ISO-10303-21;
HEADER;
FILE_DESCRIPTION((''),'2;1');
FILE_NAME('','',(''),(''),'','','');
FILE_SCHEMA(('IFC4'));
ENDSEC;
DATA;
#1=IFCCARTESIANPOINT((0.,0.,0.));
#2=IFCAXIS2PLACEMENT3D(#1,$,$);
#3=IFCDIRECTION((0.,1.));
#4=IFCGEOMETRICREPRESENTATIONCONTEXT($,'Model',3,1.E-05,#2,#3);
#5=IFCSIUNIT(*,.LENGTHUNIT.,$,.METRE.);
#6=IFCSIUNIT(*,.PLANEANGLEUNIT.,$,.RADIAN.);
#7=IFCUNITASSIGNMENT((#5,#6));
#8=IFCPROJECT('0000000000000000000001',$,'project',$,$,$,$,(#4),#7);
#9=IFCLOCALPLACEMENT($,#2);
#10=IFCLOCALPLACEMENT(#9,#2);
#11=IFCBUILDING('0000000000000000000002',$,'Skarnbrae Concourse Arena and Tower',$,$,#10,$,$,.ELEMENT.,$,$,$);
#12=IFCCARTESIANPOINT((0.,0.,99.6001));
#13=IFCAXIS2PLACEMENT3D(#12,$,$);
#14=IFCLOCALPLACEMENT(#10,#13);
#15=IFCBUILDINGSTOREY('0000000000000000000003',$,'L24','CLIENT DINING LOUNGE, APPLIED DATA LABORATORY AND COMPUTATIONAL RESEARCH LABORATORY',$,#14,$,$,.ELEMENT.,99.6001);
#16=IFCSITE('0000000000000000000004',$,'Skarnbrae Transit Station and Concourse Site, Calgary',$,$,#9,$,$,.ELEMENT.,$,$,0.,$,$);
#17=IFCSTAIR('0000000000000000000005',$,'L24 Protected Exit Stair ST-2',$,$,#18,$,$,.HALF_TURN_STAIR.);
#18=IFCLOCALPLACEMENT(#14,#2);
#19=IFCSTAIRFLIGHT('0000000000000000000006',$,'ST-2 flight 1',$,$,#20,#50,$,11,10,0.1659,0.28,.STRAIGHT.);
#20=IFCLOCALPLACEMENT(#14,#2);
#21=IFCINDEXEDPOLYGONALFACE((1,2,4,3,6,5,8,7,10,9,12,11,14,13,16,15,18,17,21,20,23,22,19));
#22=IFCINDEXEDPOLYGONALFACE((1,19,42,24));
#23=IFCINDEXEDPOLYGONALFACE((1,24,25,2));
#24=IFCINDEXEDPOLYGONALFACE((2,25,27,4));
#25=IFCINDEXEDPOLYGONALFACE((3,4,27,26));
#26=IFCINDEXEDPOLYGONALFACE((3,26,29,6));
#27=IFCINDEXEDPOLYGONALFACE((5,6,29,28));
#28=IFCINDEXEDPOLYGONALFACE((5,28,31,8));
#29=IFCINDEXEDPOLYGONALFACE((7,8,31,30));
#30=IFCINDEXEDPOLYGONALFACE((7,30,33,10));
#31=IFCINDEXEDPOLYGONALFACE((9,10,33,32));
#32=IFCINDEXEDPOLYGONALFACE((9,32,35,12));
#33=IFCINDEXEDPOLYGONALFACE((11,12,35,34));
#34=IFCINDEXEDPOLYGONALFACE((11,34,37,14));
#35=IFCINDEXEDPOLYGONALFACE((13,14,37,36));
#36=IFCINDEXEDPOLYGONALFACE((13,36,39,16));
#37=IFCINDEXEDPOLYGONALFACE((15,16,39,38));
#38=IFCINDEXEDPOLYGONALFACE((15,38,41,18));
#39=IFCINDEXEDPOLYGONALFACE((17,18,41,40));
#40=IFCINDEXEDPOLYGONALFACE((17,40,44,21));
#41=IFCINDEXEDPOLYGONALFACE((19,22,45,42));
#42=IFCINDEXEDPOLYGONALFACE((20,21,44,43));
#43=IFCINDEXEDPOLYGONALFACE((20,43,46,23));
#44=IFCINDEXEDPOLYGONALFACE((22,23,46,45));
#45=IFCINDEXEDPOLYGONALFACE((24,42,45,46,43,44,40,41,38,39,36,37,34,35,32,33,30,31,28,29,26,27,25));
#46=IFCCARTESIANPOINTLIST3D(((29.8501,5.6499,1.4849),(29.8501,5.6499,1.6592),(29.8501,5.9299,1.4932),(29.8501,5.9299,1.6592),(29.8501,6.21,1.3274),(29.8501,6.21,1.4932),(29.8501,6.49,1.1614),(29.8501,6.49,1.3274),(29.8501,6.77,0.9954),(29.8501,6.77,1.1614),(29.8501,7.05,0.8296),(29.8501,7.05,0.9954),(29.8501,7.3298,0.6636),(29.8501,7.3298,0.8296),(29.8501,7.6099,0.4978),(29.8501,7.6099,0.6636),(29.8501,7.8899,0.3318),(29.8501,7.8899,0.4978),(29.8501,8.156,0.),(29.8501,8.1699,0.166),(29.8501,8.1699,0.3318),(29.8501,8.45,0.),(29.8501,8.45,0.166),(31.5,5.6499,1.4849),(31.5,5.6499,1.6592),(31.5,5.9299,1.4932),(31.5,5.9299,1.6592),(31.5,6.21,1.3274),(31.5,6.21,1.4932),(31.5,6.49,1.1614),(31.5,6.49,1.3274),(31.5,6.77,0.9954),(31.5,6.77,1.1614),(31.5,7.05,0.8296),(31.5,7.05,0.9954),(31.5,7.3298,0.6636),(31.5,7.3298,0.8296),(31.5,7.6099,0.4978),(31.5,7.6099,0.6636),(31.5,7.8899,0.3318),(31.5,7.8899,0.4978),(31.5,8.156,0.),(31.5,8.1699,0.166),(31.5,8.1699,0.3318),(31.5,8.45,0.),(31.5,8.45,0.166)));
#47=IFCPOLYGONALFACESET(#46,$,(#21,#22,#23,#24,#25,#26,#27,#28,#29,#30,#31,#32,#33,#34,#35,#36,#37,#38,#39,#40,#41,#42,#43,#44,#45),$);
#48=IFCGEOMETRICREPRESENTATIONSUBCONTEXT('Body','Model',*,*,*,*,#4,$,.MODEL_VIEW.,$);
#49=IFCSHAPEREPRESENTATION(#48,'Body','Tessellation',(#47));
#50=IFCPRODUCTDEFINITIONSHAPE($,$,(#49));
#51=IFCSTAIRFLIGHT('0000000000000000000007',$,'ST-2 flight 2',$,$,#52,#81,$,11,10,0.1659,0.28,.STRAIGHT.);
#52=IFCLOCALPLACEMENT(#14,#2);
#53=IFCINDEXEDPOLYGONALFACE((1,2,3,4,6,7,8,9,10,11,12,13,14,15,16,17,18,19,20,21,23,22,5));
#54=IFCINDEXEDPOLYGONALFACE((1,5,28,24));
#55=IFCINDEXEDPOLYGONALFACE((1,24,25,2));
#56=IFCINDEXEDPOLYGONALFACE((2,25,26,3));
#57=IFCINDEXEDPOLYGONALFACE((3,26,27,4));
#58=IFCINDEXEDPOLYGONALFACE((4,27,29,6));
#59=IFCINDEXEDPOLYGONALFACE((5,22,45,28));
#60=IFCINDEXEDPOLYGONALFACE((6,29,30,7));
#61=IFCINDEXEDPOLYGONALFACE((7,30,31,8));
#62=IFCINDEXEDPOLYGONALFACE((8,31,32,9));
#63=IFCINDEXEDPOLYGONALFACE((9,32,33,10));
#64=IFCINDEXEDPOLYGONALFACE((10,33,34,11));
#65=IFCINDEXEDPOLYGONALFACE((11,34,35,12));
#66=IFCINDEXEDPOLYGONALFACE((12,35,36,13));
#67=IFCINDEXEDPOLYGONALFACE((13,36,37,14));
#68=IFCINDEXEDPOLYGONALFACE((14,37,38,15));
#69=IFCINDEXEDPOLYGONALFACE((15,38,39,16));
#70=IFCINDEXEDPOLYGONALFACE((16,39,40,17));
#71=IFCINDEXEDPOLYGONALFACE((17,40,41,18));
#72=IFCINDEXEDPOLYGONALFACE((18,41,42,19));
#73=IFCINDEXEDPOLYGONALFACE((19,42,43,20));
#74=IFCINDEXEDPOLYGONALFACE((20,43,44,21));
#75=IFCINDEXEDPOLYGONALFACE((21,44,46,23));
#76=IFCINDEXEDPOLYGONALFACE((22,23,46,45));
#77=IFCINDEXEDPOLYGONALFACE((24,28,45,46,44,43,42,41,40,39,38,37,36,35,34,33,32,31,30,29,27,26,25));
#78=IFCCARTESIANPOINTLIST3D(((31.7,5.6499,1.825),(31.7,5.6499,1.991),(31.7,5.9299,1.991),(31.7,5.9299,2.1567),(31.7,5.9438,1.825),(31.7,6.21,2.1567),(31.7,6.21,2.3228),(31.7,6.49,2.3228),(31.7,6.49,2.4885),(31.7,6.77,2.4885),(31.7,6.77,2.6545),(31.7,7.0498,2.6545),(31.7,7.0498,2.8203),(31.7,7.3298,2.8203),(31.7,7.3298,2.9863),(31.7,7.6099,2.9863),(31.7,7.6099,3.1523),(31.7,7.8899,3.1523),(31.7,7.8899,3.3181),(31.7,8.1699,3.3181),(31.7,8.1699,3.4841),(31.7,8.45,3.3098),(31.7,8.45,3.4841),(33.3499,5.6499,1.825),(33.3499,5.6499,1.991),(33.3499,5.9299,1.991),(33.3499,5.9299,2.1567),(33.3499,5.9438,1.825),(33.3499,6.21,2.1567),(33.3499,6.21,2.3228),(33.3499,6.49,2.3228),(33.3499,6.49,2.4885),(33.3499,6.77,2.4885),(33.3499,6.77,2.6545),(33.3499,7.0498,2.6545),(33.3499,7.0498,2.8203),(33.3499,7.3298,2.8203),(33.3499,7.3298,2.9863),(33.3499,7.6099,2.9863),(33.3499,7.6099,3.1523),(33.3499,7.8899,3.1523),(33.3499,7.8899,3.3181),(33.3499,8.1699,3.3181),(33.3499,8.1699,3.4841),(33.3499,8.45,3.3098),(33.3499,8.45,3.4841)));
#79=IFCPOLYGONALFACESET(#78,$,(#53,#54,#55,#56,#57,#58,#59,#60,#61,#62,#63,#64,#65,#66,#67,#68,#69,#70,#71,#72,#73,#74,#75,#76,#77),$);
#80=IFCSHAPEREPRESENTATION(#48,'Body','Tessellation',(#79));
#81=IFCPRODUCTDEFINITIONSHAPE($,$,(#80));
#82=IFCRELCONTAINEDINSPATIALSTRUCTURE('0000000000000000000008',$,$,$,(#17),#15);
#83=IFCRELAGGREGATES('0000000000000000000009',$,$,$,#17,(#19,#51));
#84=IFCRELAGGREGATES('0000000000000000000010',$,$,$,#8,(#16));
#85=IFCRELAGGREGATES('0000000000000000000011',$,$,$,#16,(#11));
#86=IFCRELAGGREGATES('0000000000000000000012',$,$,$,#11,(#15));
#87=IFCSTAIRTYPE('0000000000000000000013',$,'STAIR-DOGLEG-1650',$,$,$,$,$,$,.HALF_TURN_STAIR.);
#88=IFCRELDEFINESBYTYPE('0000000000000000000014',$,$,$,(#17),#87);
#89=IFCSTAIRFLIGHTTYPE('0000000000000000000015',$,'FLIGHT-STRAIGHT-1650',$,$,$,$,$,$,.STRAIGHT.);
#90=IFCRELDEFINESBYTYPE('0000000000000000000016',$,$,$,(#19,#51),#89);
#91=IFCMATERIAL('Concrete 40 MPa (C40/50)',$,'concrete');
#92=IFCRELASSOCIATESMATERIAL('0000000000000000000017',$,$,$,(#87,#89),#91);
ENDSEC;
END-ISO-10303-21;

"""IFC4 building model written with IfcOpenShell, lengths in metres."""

from ifc_helpers import new_model, si_unit, direction, frame, origin, place, context, subcontext, project, spatial, polyline, outline, extrude, source, transform, mapped, material, type_object, element, aggregate, save


model = new_model("IFC4")

# Units and contexts
model_context = context("Model", 3, precision=1e-05, world=origin(), true_north=direction((0.0, 1.0)))
body_context = subcontext(model_context, "Body", "Model", "MODEL_VIEW")
ifc_project = project(units=[si_unit("LENGTHUNIT", "METRE"), si_unit("PLANEANGLEUNIT", "RADIAN")], contexts=[model_context])

# Site, building, storey
site_placement = place(None, origin())
site = spatial("IfcSite", under=ifc_project, at=site_placement, Name="Skarnbrae Transit Station and Concourse Site, Calgary", CompositionType="ELEMENT", RefElevation=0.0)
building_placement = place(site_placement, origin())
building = spatial("IfcBuilding", under=site, at=building_placement, Name="Skarnbrae Concourse Arena and Tower", CompositionType="ELEMENT")
storey_placement = place(building_placement, frame((0.0, 0.0, 99.6001)))
storey = spatial("IfcBuildingStorey", under=building, at=storey_placement, Name="L24", Description="CLIENT DINING LOUNGE, APPLIED DATA LABORATORY AND COMPUTATIONAL RESEARCH LABORATORY", CompositionType="ELEMENT", Elevation=99.6001)

# Stair, stair flights
ifc_material_1 = material(Name="Concrete 40 MPa (C40/50)", Category="concrete")
stair_type = type_object("IfcStairType", Name="STAIR-DOGLEG-1650", PredefinedType="HALF_TURN_STAIR", material=ifc_material_1)
stair_placement = place(storey_placement, origin())
stair = element("IfcStair", 1, at=stair_placement, inside=storey, type_object=stair_type, Name="L24 Protected Exit Stair ST-2", PredefinedType="HALF_TURN_STAIR")
stair_flight_type = type_object("IfcStairFlightType", Name="FLIGHT-STRAIGHT-1650", PredefinedType="STRAIGHT", material=ifc_material_1)
shared_shape_1 = source(origin(), body_context, "Body", "SweptSolid", [
    extrude(outline(polyline([(0.0, 0.0), (0.0, 0.166), (0.28, 0.166), (0.28, 0.3318), (0.5601, 0.3318), (0.5601, 0.4978), (0.8401, 0.4978), (0.8401, 0.6636), (1.1201, 0.6636), (1.1201, 0.8296), (1.3999, 0.8296), (1.3999, 0.9954), (1.6799, 0.9954), (1.6799, 1.1614), (1.96, 1.1614), (1.96, 1.3274), (2.24, 1.3274), (2.24, 1.4932), (2.52, 1.4932), (2.52, 1.6592), (2.8, 1.6592), (2.8, 1.825), (2.8, 1.4849), (0.2939, 0.0), (0.0, 0.0)])), frame((0.0, 0.825, 0.0), z_axis=(0.0, -1.0, 0.0), x_axis=(1.0, 0.0, 0.0)), (0.0, 0.0, 1.0), 1.6499),
])
stair_flight_1_placement = place(storey_placement, frame((30.675, 8.45, 0.0), z_axis=(0.0, 0.0, 1.0), x_axis=(0.0, -1.0, 0.0)))
stair_flight_1 = element("IfcStairFlight", 2, at=stair_flight_1_placement, type_object=stair_flight_type, Name="ST-2 flight 1", NumberOfRisers=11, NumberOfTreads=10, PredefinedType="STRAIGHT", RiserHeight=0.1659, TreadLength=0.28, context=body_context, shape_type="MappedRepresentation", body=[
    mapped(shared_shape_1, transform((0.0, 0.0, 0.0))),
])
stair_flight_2_placement = place(storey_placement, frame((32.5249, 5.6499, 1.825), z_axis=(0.0, 0.0, 1.0), x_axis=(0.0, 1.0, 0.0)))
stair_flight_2 = element("IfcStairFlight", 3, at=stair_flight_2_placement, type_object=stair_flight_type, Name="ST-2 flight 2", NumberOfRisers=11, NumberOfTreads=10, PredefinedType="STRAIGHT", RiserHeight=0.1659, TreadLength=0.28, context=body_context, shape_type="MappedRepresentation", body=[
    mapped(shared_shape_1, transform((0.0, 0.0, 0.0))),
])
aggregate(stair, [stair_flight_1, stair_flight_2])

save(model, "model.ifc")
